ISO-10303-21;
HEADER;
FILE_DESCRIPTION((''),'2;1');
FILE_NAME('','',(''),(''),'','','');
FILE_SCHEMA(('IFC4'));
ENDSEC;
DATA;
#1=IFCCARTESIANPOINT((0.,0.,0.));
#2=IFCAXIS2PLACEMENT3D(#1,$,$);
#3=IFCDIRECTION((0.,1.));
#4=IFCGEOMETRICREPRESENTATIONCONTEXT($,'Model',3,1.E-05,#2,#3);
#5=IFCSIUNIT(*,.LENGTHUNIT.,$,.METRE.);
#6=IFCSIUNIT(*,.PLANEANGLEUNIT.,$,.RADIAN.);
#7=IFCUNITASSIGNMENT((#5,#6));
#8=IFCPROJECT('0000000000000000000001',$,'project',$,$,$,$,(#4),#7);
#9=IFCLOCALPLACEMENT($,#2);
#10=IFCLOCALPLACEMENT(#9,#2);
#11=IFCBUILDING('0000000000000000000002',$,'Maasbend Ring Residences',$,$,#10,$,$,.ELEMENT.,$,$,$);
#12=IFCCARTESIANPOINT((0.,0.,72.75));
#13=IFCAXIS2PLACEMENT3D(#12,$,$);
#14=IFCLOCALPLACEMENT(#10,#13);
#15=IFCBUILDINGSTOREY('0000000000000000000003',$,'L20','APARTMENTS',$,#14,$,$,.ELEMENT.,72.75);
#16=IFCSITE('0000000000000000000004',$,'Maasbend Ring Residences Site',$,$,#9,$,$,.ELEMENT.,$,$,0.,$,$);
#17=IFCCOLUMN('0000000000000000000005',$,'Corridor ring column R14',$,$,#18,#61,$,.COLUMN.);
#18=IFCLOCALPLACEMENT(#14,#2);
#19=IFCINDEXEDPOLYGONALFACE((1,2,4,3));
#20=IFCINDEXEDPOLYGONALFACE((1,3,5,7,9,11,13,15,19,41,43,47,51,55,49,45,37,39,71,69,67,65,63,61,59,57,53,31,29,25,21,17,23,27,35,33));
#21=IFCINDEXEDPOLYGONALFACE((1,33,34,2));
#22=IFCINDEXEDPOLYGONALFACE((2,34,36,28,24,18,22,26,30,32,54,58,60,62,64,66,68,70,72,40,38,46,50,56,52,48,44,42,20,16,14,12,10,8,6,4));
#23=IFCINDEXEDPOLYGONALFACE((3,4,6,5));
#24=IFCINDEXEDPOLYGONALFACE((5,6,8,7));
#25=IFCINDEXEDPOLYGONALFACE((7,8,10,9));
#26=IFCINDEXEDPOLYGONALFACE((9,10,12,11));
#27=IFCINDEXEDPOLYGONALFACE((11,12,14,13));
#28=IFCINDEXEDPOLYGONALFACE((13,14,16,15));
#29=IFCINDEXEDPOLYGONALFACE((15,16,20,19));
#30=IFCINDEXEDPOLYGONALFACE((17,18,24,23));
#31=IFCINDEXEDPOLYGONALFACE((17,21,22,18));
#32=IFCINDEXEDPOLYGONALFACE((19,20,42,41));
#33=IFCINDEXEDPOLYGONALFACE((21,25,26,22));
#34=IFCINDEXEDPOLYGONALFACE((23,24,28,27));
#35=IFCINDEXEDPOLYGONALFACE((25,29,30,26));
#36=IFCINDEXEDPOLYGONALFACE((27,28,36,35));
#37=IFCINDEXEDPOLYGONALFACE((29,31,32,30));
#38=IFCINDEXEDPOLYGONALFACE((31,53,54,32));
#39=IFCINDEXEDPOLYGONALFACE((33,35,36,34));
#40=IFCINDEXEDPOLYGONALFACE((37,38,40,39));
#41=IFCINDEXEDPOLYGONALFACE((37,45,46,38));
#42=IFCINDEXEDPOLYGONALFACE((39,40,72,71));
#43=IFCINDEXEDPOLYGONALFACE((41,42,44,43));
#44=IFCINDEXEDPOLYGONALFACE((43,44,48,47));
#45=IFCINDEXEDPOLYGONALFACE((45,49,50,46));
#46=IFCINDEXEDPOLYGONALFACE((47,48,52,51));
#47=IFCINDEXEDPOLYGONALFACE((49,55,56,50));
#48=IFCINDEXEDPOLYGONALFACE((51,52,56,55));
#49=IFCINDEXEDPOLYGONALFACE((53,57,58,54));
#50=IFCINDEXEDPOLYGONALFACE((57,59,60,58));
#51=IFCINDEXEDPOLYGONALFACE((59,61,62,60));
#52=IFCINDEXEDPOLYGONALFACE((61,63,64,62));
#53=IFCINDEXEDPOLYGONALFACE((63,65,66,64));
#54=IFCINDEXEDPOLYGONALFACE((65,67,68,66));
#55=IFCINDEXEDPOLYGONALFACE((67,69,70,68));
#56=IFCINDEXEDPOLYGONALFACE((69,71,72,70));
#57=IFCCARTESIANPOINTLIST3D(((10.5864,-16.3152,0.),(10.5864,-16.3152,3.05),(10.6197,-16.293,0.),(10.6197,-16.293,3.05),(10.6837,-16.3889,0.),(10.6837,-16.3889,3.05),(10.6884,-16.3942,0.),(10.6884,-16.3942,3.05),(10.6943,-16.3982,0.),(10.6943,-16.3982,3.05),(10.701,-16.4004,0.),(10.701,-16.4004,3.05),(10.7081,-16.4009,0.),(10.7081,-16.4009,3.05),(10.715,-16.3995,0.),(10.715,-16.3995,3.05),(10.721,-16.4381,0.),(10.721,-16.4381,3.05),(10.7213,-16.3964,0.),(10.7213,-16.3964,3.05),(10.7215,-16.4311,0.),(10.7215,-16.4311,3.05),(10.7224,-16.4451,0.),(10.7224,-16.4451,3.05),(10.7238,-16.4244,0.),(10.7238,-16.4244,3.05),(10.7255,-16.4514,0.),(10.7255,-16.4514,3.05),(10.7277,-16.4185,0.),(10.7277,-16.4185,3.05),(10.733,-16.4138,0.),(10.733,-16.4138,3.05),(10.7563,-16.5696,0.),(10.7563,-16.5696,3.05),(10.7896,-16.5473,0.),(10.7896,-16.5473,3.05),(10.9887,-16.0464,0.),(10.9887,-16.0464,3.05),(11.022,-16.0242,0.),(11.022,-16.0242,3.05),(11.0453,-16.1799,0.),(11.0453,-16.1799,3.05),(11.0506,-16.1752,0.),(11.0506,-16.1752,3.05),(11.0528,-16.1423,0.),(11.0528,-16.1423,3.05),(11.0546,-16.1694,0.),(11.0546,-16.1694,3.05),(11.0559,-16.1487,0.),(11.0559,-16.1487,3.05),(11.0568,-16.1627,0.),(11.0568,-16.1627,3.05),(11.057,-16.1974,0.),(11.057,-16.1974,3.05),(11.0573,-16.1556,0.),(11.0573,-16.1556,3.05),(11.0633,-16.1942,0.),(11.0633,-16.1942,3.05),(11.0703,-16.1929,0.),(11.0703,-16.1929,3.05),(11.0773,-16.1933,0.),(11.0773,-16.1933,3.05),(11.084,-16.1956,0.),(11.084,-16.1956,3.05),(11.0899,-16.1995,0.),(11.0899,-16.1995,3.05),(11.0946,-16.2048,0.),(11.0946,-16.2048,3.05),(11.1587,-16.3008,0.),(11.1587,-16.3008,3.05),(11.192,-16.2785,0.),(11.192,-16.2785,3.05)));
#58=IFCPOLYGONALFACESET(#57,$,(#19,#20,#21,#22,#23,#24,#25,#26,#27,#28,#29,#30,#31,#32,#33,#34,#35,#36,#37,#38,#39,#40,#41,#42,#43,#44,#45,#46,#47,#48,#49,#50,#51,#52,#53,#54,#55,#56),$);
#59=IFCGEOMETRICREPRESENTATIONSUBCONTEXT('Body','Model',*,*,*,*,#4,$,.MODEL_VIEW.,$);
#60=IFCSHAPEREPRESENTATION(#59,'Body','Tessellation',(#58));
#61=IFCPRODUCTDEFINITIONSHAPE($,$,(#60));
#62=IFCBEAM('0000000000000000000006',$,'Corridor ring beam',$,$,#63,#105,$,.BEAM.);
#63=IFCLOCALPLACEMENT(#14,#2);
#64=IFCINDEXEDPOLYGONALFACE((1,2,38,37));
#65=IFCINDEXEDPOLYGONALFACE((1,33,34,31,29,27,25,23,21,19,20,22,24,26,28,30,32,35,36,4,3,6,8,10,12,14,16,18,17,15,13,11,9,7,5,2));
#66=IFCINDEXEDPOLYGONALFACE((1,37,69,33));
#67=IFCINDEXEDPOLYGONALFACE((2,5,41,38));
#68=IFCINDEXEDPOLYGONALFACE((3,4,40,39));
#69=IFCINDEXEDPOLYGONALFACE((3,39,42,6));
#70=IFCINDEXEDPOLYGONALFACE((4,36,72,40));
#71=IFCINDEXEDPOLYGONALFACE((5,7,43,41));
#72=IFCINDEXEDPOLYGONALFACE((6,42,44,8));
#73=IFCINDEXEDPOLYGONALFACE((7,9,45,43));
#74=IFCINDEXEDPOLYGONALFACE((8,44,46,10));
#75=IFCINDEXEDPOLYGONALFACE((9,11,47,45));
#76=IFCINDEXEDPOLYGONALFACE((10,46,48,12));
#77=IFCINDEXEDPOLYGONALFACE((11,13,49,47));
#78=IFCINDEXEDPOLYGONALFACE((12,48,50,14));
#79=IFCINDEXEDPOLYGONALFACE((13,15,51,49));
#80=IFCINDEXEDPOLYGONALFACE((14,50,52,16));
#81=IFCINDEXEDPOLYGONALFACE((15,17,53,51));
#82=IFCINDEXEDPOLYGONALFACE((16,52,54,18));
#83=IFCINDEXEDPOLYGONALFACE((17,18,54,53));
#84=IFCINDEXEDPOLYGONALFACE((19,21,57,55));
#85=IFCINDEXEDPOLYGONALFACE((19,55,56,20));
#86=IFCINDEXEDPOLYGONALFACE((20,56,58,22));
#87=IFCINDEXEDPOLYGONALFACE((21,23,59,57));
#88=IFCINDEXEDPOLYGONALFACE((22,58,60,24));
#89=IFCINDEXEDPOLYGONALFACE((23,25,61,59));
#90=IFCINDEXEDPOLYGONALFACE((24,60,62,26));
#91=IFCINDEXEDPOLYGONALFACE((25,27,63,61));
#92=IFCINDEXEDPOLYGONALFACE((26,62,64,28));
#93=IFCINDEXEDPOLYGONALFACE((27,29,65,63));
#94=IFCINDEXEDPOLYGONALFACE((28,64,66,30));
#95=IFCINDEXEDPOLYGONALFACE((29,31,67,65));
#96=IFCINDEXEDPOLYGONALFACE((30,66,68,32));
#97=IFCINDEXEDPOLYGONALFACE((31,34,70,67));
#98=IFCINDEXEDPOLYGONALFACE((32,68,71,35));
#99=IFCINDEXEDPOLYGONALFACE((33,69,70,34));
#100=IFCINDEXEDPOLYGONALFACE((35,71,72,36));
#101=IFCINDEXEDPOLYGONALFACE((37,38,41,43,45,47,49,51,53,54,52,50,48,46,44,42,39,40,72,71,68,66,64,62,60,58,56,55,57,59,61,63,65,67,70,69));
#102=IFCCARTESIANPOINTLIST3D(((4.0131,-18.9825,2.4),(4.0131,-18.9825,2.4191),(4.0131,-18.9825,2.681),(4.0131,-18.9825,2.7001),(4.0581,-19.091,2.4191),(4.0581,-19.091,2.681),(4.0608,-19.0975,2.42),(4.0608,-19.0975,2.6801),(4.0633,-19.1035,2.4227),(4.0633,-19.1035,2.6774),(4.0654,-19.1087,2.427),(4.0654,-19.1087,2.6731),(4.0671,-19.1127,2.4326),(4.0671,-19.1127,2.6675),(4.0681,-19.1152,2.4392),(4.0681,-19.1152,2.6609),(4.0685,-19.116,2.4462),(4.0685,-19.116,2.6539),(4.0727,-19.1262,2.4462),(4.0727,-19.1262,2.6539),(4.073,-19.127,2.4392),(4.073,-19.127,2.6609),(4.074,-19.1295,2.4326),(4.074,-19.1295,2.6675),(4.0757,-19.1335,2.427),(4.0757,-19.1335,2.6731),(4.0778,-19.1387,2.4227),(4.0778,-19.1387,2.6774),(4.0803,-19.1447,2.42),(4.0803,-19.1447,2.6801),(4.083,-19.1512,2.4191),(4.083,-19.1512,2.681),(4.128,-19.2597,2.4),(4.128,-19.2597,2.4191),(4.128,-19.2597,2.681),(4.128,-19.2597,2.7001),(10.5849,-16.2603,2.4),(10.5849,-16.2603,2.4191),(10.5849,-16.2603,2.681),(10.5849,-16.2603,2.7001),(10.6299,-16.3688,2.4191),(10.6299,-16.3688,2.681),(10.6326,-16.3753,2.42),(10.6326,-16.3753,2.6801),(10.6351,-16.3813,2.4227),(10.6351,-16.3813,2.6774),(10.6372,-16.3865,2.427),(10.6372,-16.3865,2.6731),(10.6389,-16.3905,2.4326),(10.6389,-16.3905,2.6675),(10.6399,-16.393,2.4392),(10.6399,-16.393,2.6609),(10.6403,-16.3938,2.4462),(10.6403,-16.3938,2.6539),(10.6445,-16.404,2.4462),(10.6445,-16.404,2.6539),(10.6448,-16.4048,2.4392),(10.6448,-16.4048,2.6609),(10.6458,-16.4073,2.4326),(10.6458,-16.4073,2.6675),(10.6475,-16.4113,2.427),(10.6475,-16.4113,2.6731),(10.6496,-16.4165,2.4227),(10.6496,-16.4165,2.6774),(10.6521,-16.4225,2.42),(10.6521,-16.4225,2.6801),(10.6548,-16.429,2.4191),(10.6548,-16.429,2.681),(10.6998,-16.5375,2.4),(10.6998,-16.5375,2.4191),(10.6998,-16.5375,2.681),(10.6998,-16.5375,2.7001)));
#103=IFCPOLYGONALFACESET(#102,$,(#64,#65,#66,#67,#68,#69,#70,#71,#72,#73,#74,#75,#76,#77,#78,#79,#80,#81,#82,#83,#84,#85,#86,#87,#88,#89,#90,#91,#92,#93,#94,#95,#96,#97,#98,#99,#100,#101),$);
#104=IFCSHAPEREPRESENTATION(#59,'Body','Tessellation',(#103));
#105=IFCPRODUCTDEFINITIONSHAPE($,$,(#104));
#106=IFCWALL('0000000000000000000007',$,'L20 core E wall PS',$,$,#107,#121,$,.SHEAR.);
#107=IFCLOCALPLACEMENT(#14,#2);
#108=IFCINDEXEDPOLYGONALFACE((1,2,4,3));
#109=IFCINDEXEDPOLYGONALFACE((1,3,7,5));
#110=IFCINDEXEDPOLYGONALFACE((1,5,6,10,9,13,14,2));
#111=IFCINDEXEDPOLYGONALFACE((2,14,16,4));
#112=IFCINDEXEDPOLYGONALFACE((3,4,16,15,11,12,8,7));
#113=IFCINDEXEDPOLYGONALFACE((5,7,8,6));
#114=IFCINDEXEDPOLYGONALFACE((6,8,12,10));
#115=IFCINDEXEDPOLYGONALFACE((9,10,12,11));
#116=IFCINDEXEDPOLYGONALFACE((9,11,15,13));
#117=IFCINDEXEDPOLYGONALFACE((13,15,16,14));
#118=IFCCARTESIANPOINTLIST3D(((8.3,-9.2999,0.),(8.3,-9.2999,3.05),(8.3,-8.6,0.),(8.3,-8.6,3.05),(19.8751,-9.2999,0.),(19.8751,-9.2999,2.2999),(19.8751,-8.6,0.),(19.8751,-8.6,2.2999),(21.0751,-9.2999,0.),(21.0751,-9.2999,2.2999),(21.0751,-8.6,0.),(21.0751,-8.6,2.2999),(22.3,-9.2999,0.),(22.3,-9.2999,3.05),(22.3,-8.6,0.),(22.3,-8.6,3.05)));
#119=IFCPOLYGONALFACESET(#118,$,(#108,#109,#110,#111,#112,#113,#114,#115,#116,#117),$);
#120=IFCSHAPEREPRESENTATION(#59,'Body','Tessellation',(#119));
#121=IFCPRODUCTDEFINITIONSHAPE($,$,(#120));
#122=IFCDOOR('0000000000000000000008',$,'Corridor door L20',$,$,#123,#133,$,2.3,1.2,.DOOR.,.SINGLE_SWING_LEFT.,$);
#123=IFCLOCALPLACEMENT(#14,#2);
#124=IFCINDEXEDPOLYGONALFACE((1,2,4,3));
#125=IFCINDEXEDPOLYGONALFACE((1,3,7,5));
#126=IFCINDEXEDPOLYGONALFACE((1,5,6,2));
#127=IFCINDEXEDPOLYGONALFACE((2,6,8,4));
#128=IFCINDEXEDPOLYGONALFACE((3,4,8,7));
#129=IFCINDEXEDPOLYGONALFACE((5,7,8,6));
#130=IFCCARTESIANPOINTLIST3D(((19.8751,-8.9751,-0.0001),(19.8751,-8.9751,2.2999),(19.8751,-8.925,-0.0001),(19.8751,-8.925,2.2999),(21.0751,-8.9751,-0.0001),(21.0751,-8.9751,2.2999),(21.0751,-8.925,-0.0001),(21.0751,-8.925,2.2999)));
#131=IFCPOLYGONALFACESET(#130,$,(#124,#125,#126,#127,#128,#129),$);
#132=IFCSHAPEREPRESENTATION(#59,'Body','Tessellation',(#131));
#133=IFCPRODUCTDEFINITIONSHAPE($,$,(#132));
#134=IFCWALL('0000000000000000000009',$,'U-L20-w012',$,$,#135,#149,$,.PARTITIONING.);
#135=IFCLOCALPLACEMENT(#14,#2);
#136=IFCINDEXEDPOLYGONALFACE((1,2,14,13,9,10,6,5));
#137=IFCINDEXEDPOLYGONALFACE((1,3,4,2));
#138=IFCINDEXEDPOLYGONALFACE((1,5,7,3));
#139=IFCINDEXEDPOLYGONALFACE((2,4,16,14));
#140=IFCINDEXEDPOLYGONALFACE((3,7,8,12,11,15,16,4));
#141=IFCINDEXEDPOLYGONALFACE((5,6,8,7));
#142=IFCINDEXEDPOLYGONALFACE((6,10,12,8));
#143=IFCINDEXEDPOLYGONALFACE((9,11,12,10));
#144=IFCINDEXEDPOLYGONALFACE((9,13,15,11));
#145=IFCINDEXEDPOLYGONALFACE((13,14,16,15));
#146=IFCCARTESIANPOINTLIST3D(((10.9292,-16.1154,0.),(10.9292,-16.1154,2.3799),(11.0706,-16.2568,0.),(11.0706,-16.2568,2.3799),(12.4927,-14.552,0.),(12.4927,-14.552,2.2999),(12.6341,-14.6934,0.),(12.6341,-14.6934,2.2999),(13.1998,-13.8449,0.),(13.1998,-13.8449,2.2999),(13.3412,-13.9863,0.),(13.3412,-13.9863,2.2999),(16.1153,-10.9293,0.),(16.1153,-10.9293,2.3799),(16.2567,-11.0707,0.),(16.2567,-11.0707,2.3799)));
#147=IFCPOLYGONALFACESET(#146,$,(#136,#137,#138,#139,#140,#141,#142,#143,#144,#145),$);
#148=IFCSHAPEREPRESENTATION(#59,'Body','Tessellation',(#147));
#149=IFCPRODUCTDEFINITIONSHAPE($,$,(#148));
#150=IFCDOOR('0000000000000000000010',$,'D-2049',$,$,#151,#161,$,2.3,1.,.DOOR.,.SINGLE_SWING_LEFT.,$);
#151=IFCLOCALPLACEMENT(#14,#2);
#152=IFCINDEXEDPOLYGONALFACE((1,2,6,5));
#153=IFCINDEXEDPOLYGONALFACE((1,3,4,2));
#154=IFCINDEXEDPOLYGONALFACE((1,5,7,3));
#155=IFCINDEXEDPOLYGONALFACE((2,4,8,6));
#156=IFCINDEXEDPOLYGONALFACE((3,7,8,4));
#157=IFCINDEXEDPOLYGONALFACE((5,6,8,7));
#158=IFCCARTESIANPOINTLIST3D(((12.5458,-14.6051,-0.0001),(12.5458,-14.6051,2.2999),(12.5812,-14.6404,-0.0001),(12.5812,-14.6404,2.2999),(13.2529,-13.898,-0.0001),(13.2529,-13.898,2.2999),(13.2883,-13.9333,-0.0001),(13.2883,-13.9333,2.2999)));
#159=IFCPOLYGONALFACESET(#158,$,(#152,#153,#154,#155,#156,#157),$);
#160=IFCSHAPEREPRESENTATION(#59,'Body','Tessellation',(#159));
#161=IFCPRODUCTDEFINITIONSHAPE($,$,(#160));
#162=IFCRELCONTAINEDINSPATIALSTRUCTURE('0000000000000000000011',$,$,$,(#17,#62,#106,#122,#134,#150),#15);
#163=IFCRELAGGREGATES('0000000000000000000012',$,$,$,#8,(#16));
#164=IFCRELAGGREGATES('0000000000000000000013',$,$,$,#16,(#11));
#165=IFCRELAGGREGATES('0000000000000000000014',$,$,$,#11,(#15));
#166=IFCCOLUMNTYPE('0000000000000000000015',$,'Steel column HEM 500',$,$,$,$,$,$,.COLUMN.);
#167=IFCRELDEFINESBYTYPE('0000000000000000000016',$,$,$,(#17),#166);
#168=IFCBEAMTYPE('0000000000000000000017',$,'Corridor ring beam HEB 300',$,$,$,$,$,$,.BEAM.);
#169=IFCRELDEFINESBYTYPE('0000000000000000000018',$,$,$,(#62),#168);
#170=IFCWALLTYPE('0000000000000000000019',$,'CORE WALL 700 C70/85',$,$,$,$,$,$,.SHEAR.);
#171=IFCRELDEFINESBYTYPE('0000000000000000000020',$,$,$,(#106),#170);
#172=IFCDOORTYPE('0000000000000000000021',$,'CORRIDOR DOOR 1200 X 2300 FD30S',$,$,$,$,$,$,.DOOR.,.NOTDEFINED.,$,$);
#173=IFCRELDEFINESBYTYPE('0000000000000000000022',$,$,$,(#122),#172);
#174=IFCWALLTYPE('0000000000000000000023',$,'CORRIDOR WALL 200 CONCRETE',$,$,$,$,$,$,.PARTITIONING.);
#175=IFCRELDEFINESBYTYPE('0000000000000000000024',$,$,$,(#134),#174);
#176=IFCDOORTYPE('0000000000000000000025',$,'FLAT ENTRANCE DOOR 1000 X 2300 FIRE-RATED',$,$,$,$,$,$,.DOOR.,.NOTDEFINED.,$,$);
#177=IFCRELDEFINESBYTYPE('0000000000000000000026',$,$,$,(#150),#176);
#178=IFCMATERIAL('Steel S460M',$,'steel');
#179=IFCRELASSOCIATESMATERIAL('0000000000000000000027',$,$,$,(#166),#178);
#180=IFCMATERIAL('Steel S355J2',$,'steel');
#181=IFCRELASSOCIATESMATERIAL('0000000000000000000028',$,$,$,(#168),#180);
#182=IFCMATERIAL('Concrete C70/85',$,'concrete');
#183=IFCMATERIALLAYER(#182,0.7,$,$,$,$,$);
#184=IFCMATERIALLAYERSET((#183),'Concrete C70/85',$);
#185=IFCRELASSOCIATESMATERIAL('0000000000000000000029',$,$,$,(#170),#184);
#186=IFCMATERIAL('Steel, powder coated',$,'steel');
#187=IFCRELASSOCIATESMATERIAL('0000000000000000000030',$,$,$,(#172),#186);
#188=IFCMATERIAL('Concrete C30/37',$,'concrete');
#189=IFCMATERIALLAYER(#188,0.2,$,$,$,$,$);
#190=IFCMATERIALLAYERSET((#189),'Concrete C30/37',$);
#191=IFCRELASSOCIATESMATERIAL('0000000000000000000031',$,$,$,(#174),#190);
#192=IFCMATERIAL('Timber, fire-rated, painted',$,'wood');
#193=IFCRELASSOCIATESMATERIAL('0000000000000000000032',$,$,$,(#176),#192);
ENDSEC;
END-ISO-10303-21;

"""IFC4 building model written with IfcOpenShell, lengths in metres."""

from ifc_helpers import new_model, si_unit, direction, frame, frame_2d, origin, origin_2d, place, context, subcontext, project, spatial, rectangle, i_section, extrude, material, layer, layer_set, material_profile, profile_set, type_object, element, fill, save


model = new_model("IFC4")

# Units and contexts
model_context = context("Model", 3, precision=1e-05, world=origin(), true_north=direction((0.0, 1.0)))
body_context = subcontext(model_context, "Body", "Model", "MODEL_VIEW")
ifc_project = project(units=[si_unit("LENGTHUNIT", "METRE"), si_unit("PLANEANGLEUNIT", "RADIAN")], contexts=[model_context])

# Site, building, storey
site_placement = place(None, origin())
site = spatial("IfcSite", under=ifc_project, at=site_placement, Name="Maasbend Ring Residences Site", CompositionType="ELEMENT", RefElevation=0.0)
building_placement = place(site_placement, origin())
building = spatial("IfcBuilding", under=site, at=building_placement, Name="Maasbend Ring Residences", CompositionType="ELEMENT")
storey_placement = place(building_placement, frame((0.0, 0.0, 72.75)))
storey = spatial("IfcBuildingStorey", under=building, at=storey_placement, Name="L20", Description="APARTMENTS", CompositionType="ELEMENT", Elevation=72.75)

# Column
ifc_material_1 = material(Name="Steel S460M", Category="steel")
ifc_material_profile_1 = material_profile(ifc_material_1, i_section(OverallWidth=0.3059, OverallDepth=0.5239, WebThickness=0.021, FlangeThickness=0.04, FilletRadius=0.0271, at=origin_2d()), Name="HEM 500")
ifc_profile_set_1 = profile_set([ifc_material_profile_1], Name="Steel S460M")
column_type = type_object("IfcColumnType", Name="Steel column HEM 500", PredefinedType="COLUMN", material=ifc_profile_set_1)
column_placement = place(storey_placement, frame((10.8892, -16.2969, 0.0), z_axis=(0.0, 0.0, 1.0), x_axis=(0.55557, -0.83147, 0.0)))
element("IfcColumn", 1, at=column_placement, inside=storey, type_object=column_type, Name="Corridor ring column R14", PredefinedType="COLUMN", context=body_context, shape_type="SweptSolid", body=[
    extrude(i_section(OverallWidth=0.3059, OverallDepth=0.5239, WebThickness=0.021, FlangeThickness=0.04, FilletRadius=0.0271, at=origin_2d()), origin(), (0.0, 0.0, 1.0), 3.05),
])

# Beam
ifc_material_2 = material(Name="Steel S355J2", Category="steel")
ifc_material_profile_2 = material_profile(ifc_material_2, i_section(OverallWidth=0.3, OverallDepth=0.3, WebThickness=0.011, FlangeThickness=0.019, FilletRadius=0.0271, at=origin_2d()), Name="HEB 300")
ifc_profile_set_2 = profile_set([ifc_material_profile_2], Name="Steel S355J2")
beam_type = type_object("IfcBeamType", Name="Corridor ring beam HEB 300", PredefinedType="BEAM", material=ifc_profile_set_2)
beam_placement = place(storey_placement, frame((4.0706, -19.1211, 2.55), z_axis=(0.923877, 0.382689, 0.0), x_axis=(-0.382689, 0.923877, 0.0)))
element("IfcBeam", 2, at=beam_placement, inside=storey, type_object=beam_type, Name="Corridor ring beam", PredefinedType="BEAM", context=body_context, shape_type="SweptSolid", body=[
    extrude(i_section(OverallWidth=0.3, OverallDepth=0.3, WebThickness=0.011, FlangeThickness=0.019, FilletRadius=0.0271, at=origin_2d()), origin(), (0.0, 0.0, 1.0), 7.1133),
])

# Walls, openings, doors
ifc_material_3 = material(Name="Concrete C70/85", Category="concrete")
ifc_layer_1 = layer(ifc_material_3, 0.7)
ifc_layer_set_1 = layer_set([ifc_layer_1], Name="Concrete C70/85")
wall_type_1 = type_object("IfcWallType", Name="CORE WALL 700 C70/85", PredefinedType="SHEAR", material=ifc_layer_set_1)
wall_1_placement = place(storey_placement, frame((8.3, -8.95, 0.0), z_axis=(0.0, 0.0, 1.0), x_axis=(1.0, 0.0, 0.0)))
wall_1 = element("IfcWall", 3, at=wall_1_placement, inside=storey, type_object=wall_type_1, Name="L20 core E wall PS", PredefinedType="SHEAR", context=body_context, shape_type="SweptSolid", body=[
    extrude(rectangle(XDim=14.0, YDim=0.7, at=frame_2d((7.0, 0.0))), origin(), (0.0, 0.0, 1.0), 3.05),
])
opening_1_placement = place(wall_1_placement, frame((11.575, 0.0, 0.0)))
opening_1 = element("IfcOpeningElement", 4, at=opening_1_placement, cuts=wall_1, PredefinedType="OPENING", context=body_context, shape_type="SweptSolid", body=[
    extrude(rectangle(XDim=1.2, YDim=2.3, at=frame_2d((0.6001, 1.1499))), frame((0.0, 0.3599, 0.0), z_axis=(0.0, -1.0, 0.0), x_axis=(1.0, 0.0, 0.0)), (0.0, 0.0, 1.0), 0.72),
])
ifc_material_4 = material(Name="Steel, powder coated", Category="steel")
door_type_1 = type_object("IfcDoorType", Name="CORRIDOR DOOR 1200 X 2300 FD30S", OperationType="NOTDEFINED", PredefinedType="DOOR", material=ifc_material_4)
door_1_placement = place(opening_1_placement, origin())
door_1 = element("IfcDoor", 5, at=door_1_placement, inside=storey, type_object=door_type_1, Name="Corridor door L20", OperationType="SINGLE_SWING_LEFT", OverallHeight=2.3, OverallWidth=1.2, PredefinedType="DOOR", context=body_context, shape_type="SweptSolid", body=[
    extrude(rectangle(XDim=1.2, YDim=2.3, at=frame_2d((0.6001, 1.1499))), frame((0.0, 0.0249, 0.0), z_axis=(0.0, -1.0, 0.0), x_axis=(1.0, 0.0, 0.0)), (0.0, 0.0, 1.0), 0.05),
])
fill(opening_1, door_1)
ifc_material_5 = material(Name="Concrete C30/37", Category="concrete")
ifc_layer_2 = layer(ifc_material_5, 0.2)
ifc_layer_set_2 = layer_set([ifc_layer_2], Name="Concrete C30/37")
wall_type_2 = type_object("IfcWallType", Name="CORRIDOR WALL 200 CONCRETE", PredefinedType="PARTITIONING", material=ifc_layer_set_2)
wall_2_placement = place(storey_placement, frame((11.0, -16.186, 0.0), z_axis=(0.0, 0.0, 1.0), x_axis=(0.707107, 0.707107, 0.0)))
wall_2 = element("IfcWall", 6, at=wall_2_placement, inside=storey, type_object=wall_type_2, Name="U-L20-w012", PredefinedType="PARTITIONING", context=body_context, shape_type="SweptSolid", body=[
    extrude(rectangle(XDim=7.3342, YDim=0.2, at=frame_2d((3.667, 0.0))), origin(), (0.0, 0.0, 1.0), 2.3799),
])
opening_2_placement = place(wall_2_placement, frame((2.2109, 0.0, 0.0)))
opening_2 = element("IfcOpeningElement", 7, at=opening_2_placement, cuts=wall_2, PredefinedType="OPENING", context=body_context, shape_type="SweptSolid", body=[
    extrude(rectangle(XDim=1.0, YDim=2.3, at=frame_2d((0.5, 1.1499))), frame((0.0, 0.1099, 0.0), z_axis=(0.0, -1.0, 0.0), x_axis=(1.0, 0.0, 0.0)), (0.0, 0.0, 1.0), 0.22),
])
ifc_material_6 = material(Name="Timber, fire-rated, painted", Category="wood")
door_type_2 = type_object("IfcDoorType", Name="FLAT ENTRANCE DOOR 1000 X 2300 FIRE-RATED", OperationType="NOTDEFINED", PredefinedType="DOOR", material=ifc_material_6)
door_2_placement = place(opening_2_placement, origin())
door_2 = element("IfcDoor", 8, at=door_2_placement, inside=storey, type_object=door_type_2, Name="D-2049", OperationType="SINGLE_SWING_LEFT", OverallHeight=2.3, OverallWidth=1.0, PredefinedType="DOOR", context=body_context, shape_type="SweptSolid", body=[
    extrude(rectangle(XDim=1.0, YDim=2.3, at=frame_2d((0.5, 1.1499))), frame((0.0, 0.0249, 0.0), z_axis=(0.0, -1.0, 0.0), x_axis=(1.0, 0.0, 0.0)), (0.0, 0.0, 1.0), 0.05),
])
fill(opening_2, door_2)

save(model, "model.ifc")
